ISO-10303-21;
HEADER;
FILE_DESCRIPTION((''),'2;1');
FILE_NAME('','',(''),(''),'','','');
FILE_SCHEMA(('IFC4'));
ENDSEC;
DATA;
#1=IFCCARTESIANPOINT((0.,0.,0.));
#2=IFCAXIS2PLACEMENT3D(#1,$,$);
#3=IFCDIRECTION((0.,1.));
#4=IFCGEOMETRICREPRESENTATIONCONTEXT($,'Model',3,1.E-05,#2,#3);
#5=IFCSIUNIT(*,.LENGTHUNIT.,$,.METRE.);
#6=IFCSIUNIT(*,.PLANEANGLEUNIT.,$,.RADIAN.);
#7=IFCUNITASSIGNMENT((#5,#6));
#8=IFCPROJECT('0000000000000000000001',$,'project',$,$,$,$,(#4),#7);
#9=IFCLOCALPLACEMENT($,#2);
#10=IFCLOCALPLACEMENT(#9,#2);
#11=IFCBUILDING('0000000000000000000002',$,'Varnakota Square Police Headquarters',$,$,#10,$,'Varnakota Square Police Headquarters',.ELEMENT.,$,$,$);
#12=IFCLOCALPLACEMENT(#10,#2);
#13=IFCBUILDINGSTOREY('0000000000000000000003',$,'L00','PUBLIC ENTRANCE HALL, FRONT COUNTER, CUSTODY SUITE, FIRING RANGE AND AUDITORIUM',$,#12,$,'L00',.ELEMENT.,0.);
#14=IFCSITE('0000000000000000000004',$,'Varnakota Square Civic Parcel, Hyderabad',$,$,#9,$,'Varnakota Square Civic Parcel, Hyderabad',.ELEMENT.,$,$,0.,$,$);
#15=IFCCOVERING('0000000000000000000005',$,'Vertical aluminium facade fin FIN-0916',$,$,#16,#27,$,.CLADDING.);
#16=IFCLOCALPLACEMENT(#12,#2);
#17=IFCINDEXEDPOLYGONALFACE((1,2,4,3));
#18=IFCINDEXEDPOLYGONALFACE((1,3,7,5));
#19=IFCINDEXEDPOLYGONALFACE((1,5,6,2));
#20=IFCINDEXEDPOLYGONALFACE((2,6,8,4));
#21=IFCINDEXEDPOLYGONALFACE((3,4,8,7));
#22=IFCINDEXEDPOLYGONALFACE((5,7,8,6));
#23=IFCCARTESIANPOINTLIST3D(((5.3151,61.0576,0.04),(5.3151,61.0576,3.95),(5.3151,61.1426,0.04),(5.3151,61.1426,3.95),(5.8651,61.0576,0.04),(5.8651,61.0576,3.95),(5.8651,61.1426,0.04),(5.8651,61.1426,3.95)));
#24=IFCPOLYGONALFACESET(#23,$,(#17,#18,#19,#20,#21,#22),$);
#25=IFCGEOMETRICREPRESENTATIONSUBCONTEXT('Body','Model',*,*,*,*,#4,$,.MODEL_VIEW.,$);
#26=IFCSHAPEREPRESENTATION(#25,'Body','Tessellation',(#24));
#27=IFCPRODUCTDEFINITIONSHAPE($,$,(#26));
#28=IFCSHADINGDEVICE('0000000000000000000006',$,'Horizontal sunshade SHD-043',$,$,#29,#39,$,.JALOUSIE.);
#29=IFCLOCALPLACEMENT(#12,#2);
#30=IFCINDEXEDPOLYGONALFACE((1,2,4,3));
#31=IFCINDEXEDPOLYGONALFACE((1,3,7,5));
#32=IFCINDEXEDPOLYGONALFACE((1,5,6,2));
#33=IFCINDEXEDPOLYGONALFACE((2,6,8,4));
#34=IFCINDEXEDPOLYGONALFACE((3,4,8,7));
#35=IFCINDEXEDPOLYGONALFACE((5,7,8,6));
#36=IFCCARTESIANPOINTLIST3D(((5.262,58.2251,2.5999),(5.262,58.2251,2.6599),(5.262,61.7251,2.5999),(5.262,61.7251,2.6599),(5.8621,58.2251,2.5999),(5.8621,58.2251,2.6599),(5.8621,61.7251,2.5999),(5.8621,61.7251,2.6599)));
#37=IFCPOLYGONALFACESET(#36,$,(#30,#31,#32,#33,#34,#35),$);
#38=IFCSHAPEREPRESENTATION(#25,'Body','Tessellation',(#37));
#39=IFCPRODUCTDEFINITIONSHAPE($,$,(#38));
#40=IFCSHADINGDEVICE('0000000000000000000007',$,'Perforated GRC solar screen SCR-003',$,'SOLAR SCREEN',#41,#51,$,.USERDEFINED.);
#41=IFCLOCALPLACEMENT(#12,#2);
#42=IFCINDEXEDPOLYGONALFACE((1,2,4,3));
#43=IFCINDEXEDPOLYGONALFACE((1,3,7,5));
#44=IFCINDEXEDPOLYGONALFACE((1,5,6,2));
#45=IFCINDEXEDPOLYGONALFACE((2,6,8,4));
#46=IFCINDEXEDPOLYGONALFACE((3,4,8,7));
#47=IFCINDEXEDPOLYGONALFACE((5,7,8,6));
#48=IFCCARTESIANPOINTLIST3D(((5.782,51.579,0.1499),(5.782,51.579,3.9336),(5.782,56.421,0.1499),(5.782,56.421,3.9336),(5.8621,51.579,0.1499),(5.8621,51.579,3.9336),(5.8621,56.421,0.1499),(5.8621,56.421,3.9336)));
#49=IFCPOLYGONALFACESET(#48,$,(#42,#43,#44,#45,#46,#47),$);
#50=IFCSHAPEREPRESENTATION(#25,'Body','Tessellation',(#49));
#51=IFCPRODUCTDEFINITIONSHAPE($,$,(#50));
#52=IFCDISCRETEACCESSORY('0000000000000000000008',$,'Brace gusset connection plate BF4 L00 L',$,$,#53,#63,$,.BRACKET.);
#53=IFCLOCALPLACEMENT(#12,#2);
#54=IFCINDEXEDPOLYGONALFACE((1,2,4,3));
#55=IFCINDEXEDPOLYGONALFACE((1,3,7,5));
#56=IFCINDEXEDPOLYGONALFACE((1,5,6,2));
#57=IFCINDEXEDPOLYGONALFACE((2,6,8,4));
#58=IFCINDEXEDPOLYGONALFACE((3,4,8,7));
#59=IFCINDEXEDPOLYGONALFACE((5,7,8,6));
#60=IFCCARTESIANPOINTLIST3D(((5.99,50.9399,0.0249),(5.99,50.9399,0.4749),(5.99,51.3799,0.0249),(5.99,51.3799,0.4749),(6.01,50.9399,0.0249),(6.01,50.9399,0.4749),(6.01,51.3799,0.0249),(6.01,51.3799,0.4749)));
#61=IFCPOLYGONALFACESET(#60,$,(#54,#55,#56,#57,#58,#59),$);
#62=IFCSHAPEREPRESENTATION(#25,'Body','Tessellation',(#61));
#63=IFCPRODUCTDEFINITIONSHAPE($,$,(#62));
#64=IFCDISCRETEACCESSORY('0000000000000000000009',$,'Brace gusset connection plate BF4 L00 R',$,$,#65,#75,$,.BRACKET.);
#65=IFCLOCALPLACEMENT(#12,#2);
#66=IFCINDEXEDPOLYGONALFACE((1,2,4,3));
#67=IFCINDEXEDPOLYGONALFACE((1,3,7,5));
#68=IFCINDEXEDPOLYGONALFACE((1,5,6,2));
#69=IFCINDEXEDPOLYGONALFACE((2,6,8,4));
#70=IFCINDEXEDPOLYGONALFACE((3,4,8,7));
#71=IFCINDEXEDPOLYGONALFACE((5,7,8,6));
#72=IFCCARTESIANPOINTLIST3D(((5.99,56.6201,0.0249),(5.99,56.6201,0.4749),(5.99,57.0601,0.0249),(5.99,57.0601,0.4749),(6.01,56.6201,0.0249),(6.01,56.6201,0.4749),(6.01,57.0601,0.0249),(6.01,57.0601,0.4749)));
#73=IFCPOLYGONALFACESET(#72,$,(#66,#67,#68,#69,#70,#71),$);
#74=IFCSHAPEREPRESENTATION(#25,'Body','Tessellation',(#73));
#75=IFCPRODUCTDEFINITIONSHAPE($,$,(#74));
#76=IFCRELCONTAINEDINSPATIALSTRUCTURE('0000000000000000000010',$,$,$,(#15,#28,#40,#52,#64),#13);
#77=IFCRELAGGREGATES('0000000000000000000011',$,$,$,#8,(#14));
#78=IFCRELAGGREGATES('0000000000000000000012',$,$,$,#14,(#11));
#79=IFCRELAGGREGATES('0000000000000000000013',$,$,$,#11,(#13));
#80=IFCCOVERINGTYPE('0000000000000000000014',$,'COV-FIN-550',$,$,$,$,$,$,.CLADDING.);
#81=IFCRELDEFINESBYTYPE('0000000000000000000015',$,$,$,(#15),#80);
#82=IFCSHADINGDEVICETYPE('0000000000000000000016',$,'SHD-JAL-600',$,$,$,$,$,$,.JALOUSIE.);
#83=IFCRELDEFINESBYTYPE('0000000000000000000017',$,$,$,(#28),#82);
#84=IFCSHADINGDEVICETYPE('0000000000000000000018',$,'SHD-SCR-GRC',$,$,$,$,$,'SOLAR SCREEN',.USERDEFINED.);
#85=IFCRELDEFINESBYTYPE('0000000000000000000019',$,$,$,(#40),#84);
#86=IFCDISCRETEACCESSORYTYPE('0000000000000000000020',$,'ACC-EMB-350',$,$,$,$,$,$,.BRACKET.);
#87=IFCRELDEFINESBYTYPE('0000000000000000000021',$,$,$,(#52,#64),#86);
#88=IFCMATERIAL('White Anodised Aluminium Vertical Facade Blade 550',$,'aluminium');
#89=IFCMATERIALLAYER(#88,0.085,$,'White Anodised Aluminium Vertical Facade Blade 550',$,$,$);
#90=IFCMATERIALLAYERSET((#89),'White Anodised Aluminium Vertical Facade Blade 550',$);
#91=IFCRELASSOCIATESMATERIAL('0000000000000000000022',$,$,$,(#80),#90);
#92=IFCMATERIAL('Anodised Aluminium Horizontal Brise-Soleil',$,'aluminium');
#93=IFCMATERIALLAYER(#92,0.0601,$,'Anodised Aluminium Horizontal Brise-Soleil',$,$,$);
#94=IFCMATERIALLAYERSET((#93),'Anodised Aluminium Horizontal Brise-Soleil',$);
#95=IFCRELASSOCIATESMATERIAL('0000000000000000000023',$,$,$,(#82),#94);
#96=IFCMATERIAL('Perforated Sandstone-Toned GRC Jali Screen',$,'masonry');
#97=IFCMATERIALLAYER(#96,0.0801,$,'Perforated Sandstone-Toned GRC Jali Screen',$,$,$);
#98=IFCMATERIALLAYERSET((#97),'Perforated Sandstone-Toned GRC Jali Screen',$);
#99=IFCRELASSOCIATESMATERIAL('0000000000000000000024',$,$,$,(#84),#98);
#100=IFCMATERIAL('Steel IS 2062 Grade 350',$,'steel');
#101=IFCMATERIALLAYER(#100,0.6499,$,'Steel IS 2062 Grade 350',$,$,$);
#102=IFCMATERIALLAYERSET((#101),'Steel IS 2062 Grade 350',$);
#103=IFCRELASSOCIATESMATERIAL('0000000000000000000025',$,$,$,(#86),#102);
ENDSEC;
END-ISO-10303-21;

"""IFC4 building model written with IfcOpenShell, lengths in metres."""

from ifc_helpers import new_model, si_unit, direction, frame, origin, origin_2d, place, context, subcontext, project, spatial, rectangle, extrude, material, layer, layer_set, type_object, element, save


model = new_model("IFC4")

# Units and contexts
model_context = context("Model", 3, precision=1e-05, world=origin(), true_north=direction((0.0, 1.0)))
body_context = subcontext(model_context, "Body", "Model", "MODEL_VIEW")
ifc_project = project(units=[si_unit("LENGTHUNIT", "METRE"), si_unit("PLANEANGLEUNIT", "RADIAN")], contexts=[model_context])

# Site, building, storey
site_placement = place(None, origin())
site = spatial("IfcSite", under=ifc_project, at=site_placement, Name="Varnakota Square Civic Parcel, Hyderabad", LongName="Varnakota Square Civic Parcel, Hyderabad", CompositionType="ELEMENT", RefElevation=0.0)
building_placement = place(site_placement, origin())
building = spatial("IfcBuilding", under=site, at=building_placement, Name="Varnakota Square Police Headquarters", LongName="Varnakota Square Police Headquarters", CompositionType="ELEMENT")
storey_placement = place(building_placement, origin())
storey = spatial("IfcBuildingStorey", under=building, at=storey_placement, Name="L00", Description="PUBLIC ENTRANCE HALL, FRONT COUNTER, CUSTODY SUITE, FIRING RANGE AND AUDITORIUM", LongName="L00", CompositionType="ELEMENT", Elevation=0.0)

# Shared definitions
ifc_material_1 = material(Name="Steel IS 2062 Grade 350", Category="steel")

# Covering
ifc_material_2 = material(Name="White Anodised Aluminium Vertical Facade Blade 550", Category="aluminium")
ifc_layer_1 = layer(ifc_material_2, 0.085, Name="White Anodised Aluminium Vertical Facade Blade 550")
ifc_layer_set_1 = layer_set([ifc_layer_1], Name="White Anodised Aluminium Vertical Facade Blade 550")
covering_type_1 = type_object("IfcCoveringType", Name="COV-FIN-550", PredefinedType="CLADDING", material=ifc_layer_set_1)
covering_1_placement = place(storey_placement, frame((5.5901, 61.1001, 0.04), z_axis=(0.0, 0.0, 1.0), x_axis=(0.0, 1.0, 0.0)))
element("IfcCovering", 1, at=covering_1_placement, inside=storey, type_object=covering_type_1, Name="Vertical aluminium facade fin FIN-0916", PredefinedType="CLADDING", context=body_context, shape_type="SweptSolid", body=[
    extrude(rectangle(XDim=0.085, YDim=0.55, at=origin_2d()), origin(), (0.0, 0.0, 1.0), 3.9099),
])

# Shading devices
ifc_material_3 = material(Name="Anodised Aluminium Horizontal Brise-Soleil", Category="aluminium")
ifc_layer_2 = layer(ifc_material_3, 0.0601, Name="Anodised Aluminium Horizontal Brise-Soleil")
ifc_layer_set_2 = layer_set([ifc_layer_2], Name="Anodised Aluminium Horizontal Brise-Soleil")
shading_device_type_1 = type_object("IfcShadingDeviceType", Name="SHD-JAL-600", PredefinedType="JALOUSIE", material=ifc_layer_set_2)
shading_device_1_placement = place(storey_placement, frame((5.562, 59.9751, 2.5999), z_axis=(0.0, 0.0, 1.0), x_axis=(0.0, 1.0, 0.0)))
element("IfcShadingDevice", 2, at=shading_device_1_placement, inside=storey, type_object=shading_device_type_1, Name="Horizontal sunshade SHD-043", PredefinedType="JALOUSIE", context=body_context, shape_type="SweptSolid", body=[
    extrude(rectangle(XDim=3.5, YDim=0.6001, at=origin_2d()), origin(), (0.0, 0.0, 1.0), 0.0601),
])
ifc_material_4 = material(Name="Perforated Sandstone-Toned GRC Jali Screen", Category="masonry")
ifc_layer_3 = layer(ifc_material_4, 0.0801, Name="Perforated Sandstone-Toned GRC Jali Screen")
ifc_layer_set_3 = layer_set([ifc_layer_3], Name="Perforated Sandstone-Toned GRC Jali Screen")
shading_device_type_2 = type_object("IfcShadingDeviceType", Name="SHD-SCR-GRC", ElementType="SOLAR SCREEN", PredefinedType="USERDEFINED", material=ifc_layer_set_3)
shading_device_2_placement = place(storey_placement, frame((5.822, 54.0, 0.1499), z_axis=(0.0, 0.0, 1.0), x_axis=(0.0, 1.0, 0.0)))
element("IfcShadingDevice", 3, at=shading_device_2_placement, inside=storey, type_object=shading_device_type_2, Name="Perforated GRC solar screen SCR-003", ObjectType="SOLAR SCREEN", PredefinedType="USERDEFINED", context=body_context, shape_type="SweptSolid", body=[
    extrude(rectangle(XDim=4.842, YDim=0.0801, at=origin_2d()), origin(), (0.0, 0.0, 1.0), 3.7837),
])

# Discrete accessories
ifc_layer_4 = layer(ifc_material_1, 0.6499, Name="Steel IS 2062 Grade 350")
ifc_layer_set_4 = layer_set([ifc_layer_4], Name="Steel IS 2062 Grade 350")
discrete_accessory_type = type_object("IfcDiscreteAccessoryType", Name="ACC-EMB-350", PredefinedType="BRACKET", material=ifc_layer_set_4)
for number, where, z_axis, x_axis, name in (
    (4, (6.0, 51.1599, 0.0249), (0.0, 0.0, 1.0), (0.0, 1.0, 0.0), "Brace gusset connection plate BF4 L00 L"),
    (5, (6.0, 56.8401, 0.0249), (0.0, 0.0, 1.0), (0.0, 1.0, 0.0), "Brace gusset connection plate BF4 L00 R"),
):
    element("IfcDiscreteAccessory", number, at=place(storey_placement, frame(where, z_axis=z_axis, x_axis=x_axis)), inside=storey, type_object=discrete_accessory_type, Name=name, PredefinedType="BRACKET", context=body_context, shape_type="SweptSolid", body=[
        extrude(rectangle(XDim=0.4399, YDim=0.02, at=origin_2d()), origin(), (0.0, 0.0, 1.0), 0.45),
    ])

save(model, "model.ifc")
